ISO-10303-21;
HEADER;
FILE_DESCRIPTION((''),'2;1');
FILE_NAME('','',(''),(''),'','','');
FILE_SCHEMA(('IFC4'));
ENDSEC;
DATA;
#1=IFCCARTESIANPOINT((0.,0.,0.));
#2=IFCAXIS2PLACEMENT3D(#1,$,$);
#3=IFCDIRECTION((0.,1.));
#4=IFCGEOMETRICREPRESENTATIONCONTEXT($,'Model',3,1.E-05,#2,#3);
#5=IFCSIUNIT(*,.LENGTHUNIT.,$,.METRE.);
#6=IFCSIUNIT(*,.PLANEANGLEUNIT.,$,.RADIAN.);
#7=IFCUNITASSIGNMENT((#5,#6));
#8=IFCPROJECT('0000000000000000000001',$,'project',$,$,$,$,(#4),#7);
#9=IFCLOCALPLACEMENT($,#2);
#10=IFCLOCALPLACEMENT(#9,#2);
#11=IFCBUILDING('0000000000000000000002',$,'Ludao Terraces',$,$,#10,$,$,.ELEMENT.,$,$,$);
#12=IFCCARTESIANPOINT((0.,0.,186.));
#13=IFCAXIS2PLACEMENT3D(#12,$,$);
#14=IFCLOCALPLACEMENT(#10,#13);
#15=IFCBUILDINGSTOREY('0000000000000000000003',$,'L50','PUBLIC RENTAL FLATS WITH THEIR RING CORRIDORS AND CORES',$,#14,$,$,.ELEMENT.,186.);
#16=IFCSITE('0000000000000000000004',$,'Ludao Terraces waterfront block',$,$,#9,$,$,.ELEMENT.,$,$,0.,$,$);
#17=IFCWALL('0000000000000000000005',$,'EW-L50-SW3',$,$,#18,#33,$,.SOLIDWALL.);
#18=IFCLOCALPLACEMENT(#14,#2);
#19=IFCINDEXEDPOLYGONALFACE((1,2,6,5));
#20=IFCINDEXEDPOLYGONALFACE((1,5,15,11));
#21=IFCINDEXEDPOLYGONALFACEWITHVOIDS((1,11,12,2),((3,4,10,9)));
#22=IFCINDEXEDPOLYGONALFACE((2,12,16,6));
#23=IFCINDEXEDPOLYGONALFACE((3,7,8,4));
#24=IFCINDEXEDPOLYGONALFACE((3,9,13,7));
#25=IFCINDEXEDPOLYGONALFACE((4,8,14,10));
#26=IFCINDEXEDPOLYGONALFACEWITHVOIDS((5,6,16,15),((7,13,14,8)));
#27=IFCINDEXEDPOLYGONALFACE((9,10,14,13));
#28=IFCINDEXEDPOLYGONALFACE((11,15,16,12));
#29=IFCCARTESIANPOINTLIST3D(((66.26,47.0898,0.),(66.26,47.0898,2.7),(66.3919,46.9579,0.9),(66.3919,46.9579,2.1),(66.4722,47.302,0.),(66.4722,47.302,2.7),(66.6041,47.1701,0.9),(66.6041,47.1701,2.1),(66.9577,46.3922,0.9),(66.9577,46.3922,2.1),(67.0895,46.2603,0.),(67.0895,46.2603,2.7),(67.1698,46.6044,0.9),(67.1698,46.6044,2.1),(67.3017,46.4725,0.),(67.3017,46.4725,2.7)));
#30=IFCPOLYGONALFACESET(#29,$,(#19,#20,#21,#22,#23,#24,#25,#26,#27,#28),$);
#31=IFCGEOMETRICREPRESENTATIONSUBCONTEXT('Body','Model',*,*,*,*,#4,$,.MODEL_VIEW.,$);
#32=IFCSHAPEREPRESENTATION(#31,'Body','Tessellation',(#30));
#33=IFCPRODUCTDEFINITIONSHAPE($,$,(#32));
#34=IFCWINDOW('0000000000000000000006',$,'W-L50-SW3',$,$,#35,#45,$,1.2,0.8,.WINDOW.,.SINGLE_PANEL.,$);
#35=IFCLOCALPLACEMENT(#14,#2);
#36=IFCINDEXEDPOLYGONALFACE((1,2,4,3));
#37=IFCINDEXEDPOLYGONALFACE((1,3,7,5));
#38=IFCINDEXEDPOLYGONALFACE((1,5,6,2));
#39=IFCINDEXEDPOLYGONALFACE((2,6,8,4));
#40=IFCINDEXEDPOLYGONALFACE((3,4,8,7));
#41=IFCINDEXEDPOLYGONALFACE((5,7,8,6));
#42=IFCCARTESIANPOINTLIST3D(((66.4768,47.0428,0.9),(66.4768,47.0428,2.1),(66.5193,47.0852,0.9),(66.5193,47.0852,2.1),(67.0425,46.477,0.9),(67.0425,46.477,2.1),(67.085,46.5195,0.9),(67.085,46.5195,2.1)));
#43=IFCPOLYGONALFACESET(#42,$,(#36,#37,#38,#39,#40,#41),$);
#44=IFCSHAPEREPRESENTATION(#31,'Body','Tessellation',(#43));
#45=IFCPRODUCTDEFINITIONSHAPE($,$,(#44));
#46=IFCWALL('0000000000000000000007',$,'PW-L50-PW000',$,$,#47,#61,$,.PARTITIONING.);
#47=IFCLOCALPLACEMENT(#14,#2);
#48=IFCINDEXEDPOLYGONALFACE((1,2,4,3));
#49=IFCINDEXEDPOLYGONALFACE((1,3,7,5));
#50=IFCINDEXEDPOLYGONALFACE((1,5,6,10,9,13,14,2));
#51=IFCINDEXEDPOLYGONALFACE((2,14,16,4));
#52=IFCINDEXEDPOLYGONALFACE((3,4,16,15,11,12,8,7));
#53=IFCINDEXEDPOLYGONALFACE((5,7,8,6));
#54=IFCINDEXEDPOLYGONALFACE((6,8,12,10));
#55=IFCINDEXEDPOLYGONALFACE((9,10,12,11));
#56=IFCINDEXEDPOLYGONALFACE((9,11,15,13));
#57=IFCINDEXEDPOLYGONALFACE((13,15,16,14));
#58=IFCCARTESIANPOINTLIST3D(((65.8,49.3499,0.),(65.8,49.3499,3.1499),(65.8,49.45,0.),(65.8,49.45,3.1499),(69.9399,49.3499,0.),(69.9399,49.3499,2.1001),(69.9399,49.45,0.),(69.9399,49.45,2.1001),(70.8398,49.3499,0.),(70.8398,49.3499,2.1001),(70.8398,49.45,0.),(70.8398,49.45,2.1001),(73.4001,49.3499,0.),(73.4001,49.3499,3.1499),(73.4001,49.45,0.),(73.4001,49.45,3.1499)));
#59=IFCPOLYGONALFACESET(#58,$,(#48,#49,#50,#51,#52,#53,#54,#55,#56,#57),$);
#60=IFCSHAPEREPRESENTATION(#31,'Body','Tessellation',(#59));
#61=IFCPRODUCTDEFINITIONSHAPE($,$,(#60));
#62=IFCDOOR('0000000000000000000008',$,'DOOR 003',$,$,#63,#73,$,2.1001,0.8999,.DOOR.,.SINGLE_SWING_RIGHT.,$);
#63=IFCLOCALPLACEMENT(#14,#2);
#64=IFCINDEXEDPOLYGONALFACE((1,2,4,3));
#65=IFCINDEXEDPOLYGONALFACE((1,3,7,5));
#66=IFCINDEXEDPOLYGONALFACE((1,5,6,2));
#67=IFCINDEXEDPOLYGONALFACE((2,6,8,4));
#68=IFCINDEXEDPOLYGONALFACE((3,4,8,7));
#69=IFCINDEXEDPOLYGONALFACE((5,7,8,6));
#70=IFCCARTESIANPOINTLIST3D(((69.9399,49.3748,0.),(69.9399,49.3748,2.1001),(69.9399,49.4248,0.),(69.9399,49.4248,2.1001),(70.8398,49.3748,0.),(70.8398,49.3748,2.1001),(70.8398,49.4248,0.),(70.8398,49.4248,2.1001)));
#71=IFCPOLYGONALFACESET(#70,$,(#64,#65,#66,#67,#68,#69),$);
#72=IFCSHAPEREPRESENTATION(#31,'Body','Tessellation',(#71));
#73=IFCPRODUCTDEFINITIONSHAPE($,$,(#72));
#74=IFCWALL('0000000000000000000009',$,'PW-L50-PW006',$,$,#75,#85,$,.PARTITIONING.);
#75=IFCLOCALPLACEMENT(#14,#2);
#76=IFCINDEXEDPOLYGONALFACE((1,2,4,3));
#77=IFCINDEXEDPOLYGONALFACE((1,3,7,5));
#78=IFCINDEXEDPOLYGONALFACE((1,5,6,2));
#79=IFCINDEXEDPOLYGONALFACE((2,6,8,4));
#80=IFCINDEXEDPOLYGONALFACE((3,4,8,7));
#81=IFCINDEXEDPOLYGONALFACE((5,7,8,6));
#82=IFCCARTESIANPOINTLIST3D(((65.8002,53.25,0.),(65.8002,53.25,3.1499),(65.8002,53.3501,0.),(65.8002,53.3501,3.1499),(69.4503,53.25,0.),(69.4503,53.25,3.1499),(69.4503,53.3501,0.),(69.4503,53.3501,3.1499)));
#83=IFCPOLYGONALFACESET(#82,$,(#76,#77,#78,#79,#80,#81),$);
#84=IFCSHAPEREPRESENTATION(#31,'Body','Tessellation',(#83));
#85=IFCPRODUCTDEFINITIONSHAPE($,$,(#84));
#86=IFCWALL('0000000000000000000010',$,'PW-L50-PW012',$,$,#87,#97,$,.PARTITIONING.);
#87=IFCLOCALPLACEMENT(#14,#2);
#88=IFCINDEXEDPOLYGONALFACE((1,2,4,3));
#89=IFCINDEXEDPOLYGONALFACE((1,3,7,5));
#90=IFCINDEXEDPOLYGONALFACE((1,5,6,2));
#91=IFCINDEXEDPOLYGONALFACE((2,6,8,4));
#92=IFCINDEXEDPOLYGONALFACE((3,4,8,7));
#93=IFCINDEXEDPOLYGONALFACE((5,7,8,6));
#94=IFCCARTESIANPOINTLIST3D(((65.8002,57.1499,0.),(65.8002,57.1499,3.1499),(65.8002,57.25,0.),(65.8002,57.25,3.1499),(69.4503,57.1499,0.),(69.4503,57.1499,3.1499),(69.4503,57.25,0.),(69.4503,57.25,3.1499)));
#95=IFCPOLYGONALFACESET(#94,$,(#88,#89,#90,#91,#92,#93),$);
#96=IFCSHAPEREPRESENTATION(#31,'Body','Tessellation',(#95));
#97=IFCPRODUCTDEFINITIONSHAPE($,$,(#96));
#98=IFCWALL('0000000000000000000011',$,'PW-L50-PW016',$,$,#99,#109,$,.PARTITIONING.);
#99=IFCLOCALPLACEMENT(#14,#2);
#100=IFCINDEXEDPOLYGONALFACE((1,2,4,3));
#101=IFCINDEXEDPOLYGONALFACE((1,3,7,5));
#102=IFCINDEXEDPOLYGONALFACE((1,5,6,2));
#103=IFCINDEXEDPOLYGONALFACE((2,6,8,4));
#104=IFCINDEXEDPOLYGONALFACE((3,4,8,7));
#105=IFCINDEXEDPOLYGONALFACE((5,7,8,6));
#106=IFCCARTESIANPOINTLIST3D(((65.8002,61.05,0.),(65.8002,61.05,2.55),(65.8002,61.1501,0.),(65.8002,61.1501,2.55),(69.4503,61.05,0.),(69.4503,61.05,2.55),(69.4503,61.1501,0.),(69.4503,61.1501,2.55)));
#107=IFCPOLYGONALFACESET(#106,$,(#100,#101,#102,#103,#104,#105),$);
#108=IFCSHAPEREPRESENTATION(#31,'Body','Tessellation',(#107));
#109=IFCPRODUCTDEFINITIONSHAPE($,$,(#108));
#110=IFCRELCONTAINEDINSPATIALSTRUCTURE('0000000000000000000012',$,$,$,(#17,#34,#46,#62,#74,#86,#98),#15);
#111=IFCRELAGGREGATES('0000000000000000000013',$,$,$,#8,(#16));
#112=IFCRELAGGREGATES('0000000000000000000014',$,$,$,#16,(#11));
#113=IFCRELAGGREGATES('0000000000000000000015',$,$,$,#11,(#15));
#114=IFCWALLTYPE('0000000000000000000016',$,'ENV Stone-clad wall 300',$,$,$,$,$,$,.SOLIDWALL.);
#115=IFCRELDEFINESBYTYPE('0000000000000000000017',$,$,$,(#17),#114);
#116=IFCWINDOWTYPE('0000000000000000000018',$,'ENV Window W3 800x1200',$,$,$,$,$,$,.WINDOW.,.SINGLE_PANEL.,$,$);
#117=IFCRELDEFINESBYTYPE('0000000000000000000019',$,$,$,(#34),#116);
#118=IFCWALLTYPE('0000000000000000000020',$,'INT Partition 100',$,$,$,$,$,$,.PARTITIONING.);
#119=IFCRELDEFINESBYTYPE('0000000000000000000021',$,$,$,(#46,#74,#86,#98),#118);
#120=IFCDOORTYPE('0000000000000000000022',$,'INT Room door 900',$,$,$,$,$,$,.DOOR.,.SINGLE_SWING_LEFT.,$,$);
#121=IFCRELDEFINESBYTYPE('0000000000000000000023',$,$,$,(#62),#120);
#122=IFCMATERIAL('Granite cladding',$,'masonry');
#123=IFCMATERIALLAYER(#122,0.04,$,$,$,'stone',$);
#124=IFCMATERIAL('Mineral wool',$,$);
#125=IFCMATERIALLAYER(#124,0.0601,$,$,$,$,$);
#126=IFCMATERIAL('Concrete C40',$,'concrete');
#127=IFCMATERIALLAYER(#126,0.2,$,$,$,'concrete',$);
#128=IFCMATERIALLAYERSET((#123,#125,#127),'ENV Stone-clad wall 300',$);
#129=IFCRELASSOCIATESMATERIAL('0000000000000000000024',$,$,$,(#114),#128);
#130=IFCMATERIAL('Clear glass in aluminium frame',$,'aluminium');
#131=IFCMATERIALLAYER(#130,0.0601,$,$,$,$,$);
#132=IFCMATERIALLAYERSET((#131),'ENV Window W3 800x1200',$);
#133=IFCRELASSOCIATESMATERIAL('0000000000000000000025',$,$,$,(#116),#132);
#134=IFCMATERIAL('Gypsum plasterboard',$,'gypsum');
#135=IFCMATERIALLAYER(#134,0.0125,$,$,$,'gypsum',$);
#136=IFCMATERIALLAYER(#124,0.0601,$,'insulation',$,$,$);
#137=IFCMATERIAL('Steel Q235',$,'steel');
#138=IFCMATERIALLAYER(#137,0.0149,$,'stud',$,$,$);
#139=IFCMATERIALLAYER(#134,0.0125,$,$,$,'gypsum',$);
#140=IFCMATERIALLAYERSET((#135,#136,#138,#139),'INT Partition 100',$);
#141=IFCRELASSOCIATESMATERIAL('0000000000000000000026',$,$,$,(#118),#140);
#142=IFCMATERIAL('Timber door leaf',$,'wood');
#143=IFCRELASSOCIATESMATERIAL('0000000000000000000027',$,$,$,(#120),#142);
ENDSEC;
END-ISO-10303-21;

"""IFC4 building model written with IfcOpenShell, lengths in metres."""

from ifc_helpers import new_model, si_unit, direction, frame, frame_2d, origin, place, context, subcontext, project, spatial, rectangle, extrude, material, layer, layer_set, type_object, element, fill, save


model = new_model("IFC4")

# Units and contexts
model_context = context("Model", 3, precision=1e-05, world=origin(), true_north=direction((0.0, 1.0)))
body_context = subcontext(model_context, "Body", "Model", "MODEL_VIEW")
ifc_project = project(units=[si_unit("LENGTHUNIT", "METRE"), si_unit("PLANEANGLEUNIT", "RADIAN")], contexts=[model_context])

# Site, building, storey
site_placement = place(None, origin())
site = spatial("IfcSite", under=ifc_project, at=site_placement, Name="Ludao Terraces waterfront block", CompositionType="ELEMENT", RefElevation=0.0)
building_placement = place(site_placement, origin())
building = spatial("IfcBuilding", under=site, at=building_placement, Name="Ludao Terraces", CompositionType="ELEMENT")
storey_placement = place(building_placement, frame((0.0, 0.0, 186.0)))
storey = spatial("IfcBuildingStorey", under=building, at=storey_placement, Name="L50", Description="PUBLIC RENTAL FLATS WITH THEIR RING CORRIDORS AND CORES", CompositionType="ELEMENT", Elevation=186.0)

# Shared definitions
ifc_material_1 = material(Name="Concrete C40", Category="concrete")

# Shared definitions
ifc_material_2 = material(Name="Granite cladding", Category="masonry")
ifc_layer_1 = layer(ifc_material_2, 0.04, Category="stone")
ifc_material_3 = material(Name="Mineral wool")
ifc_layer_2 = layer(ifc_material_3, 0.0601)
ifc_layer_3 = layer(ifc_material_1, 0.2, Category="concrete")
ifc_layer_set_1 = layer_set([ifc_layer_1, ifc_layer_2, ifc_layer_3], Name="ENV Stone-clad wall 300")
wall_type_1 = type_object("IfcWallType", Name="ENV Stone-clad wall 300", PredefinedType="SOLIDWALL", material=ifc_layer_set_1)
ifc_material_4 = material(Name="Clear glass in aluminium frame", Category="aluminium")

# Wall, opening, window
ifc_layer_4 = layer(ifc_material_4, 0.0601)
ifc_layer_set_2 = layer_set([ifc_layer_4], Name="ENV Window W3 800x1200")
window_type_1 = type_object("IfcWindowType", Name="ENV Window W3 800x1200", PartitioningType="SINGLE_PANEL", PredefinedType="WINDOW", material=ifc_layer_set_2)
wall_1_placement = place(storey_placement, frame((66.3662, 47.1958, 0.0), z_axis=(0.0, 0.0, 1.0), x_axis=(0.707107, -0.707107, 0.0)))
wall_1 = element("IfcWall", 1, at=wall_1_placement, inside=storey, type_object=wall_type_1, Name="EW-L50-SW3", PredefinedType="SOLIDWALL", context=body_context, shape_type="SweptSolid", body=[
    extrude(rectangle(XDim=1.1731, YDim=0.3, at=frame_2d((0.5864, 0.0))), origin(), (0.0, 0.0, 1.0), 2.7),
])
opening_1_placement = place(wall_1_placement, frame((0.1865, 0.0, 0.8999)))
opening_1 = element("IfcOpeningElement", 2, at=opening_1_placement, cuts=wall_1, PredefinedType="OPENING", context=body_context, shape_type="SweptSolid", body=[
    extrude(rectangle(XDim=0.8, YDim=1.2, at=frame_2d((0.3999, 0.6001))), frame((0.0, 0.1602, 0.0), z_axis=(0.0, -1.0, 0.0), x_axis=(1.0, 0.0, 0.0)), (0.0, 0.0, 1.0), 0.3201),
])
window_1_placement = place(opening_1_placement, origin())
window_1 = element("IfcWindow", 3, at=window_1_placement, inside=storey, type_object=window_type_1, Name="W-L50-SW3", OverallHeight=1.2, OverallWidth=0.8, PartitioningType="SINGLE_PANEL", PredefinedType="WINDOW", context=body_context, shape_type="SweptSolid", body=[
    extrude(rectangle(XDim=0.8, YDim=1.2, at=frame_2d((0.3999, 0.6001))), frame((0.0, 0.03, 0.0), z_axis=(0.0, -1.0, 0.0), x_axis=(1.0, 0.0, 0.0)), (0.0, 0.0, 1.0), 0.0601),
])
fill(opening_1, window_1)

# Wall, opening, door
ifc_material_5 = material(Name="Gypsum plasterboard", Category="gypsum")
ifc_layer_5 = layer(ifc_material_5, 0.0125, Category="gypsum")
ifc_layer_6 = layer(ifc_material_3, 0.0601, Name="insulation")
ifc_material_6 = material(Name="Steel Q235", Category="steel")
ifc_layer_7 = layer(ifc_material_6, 0.0149, Name="stud")
ifc_layer_8 = layer(ifc_material_5, 0.0125, Category="gypsum")
ifc_layer_set_3 = layer_set([ifc_layer_5, ifc_layer_6, ifc_layer_7, ifc_layer_8], Name="INT Partition 100")
wall_type_2 = type_object("IfcWallType", Name="INT Partition 100", PredefinedType="PARTITIONING", material=ifc_layer_set_3)
wall_2_placement = place(storey_placement, frame((65.8, 49.3999, 0.0), z_axis=(0.0, 0.0, 1.0), x_axis=(1.0, 0.0, 0.0)))
wall_2 = element("IfcWall", 4, at=wall_2_placement, inside=storey, type_object=wall_type_2, Name="PW-L50-PW000", PredefinedType="PARTITIONING", context=body_context, shape_type="SweptSolid", body=[
    extrude(rectangle(XDim=7.6001, YDim=0.1001, at=frame_2d((3.8, 0.0))), origin(), (0.0, 0.0, 1.0), 3.1499),
])
opening_2_placement = place(wall_2_placement, frame((4.1399, 0.0, 0.0)))
opening_2 = element("IfcOpeningElement", 5, at=opening_2_placement, cuts=wall_2, PredefinedType="OPENING", context=body_context, shape_type="SweptSolid", body=[
    extrude(rectangle(XDim=0.8999, YDim=2.1001, at=frame_2d((0.45, 1.05))), frame((0.0, 0.0601, 0.0), z_axis=(0.0, -1.0, 0.0), x_axis=(1.0, 0.0, 0.0)), (0.0, 0.0, 1.0), 0.1201),
])
ifc_material_7 = material(Name="Timber door leaf", Category="wood")
door_type_1 = type_object("IfcDoorType", Name="INT Room door 900", OperationType="SINGLE_SWING_LEFT", PredefinedType="DOOR", material=ifc_material_7)
door_1_placement = place(opening_2_placement, origin())
door_1 = element("IfcDoor", 6, at=door_1_placement, inside=storey, type_object=door_type_1, Name="DOOR 003", OperationType="SINGLE_SWING_RIGHT", OverallHeight=2.1001, OverallWidth=0.8999, PredefinedType="DOOR", context=body_context, shape_type="SweptSolid", body=[
    extrude(rectangle(XDim=0.8999, YDim=2.1001, at=frame_2d((0.45, 1.05))), frame((0.0, 0.0249, 0.0), z_axis=(0.0, -1.0, 0.0), x_axis=(1.0, 0.0, 0.0)), (0.0, 0.0, 1.0), 0.05),
])
fill(opening_2, door_1)

# Walls
for number, where, z_axis, x_axis, name in (
    (7, (65.8, 53.3, 0.0), (0.0, 0.0, 1.0), (1.0, 0.0, 0.0), "PW-L50-PW006"),
    (8, (65.8, 57.2, 0.0), (0.0, 0.0, 1.0), (1.0, 0.0, 0.0), "PW-L50-PW012"),
):
    element("IfcWall", number, at=place(storey_placement, frame(where, z_axis=z_axis, x_axis=x_axis)), inside=storey, type_object=wall_type_2, Name=name, PredefinedType="PARTITIONING", context=body_context, shape_type="SweptSolid", body=[
        extrude(rectangle(XDim=3.6501, YDim=0.1001, at=frame_2d((1.8252, 0.0))), origin(), (0.0, 0.0, 1.0), 3.1499),
    ])
wall_3_placement = place(storey_placement, frame((65.8, 61.1001, 0.0), z_axis=(0.0, 0.0, 1.0), x_axis=(1.0, 0.0, 0.0)))
element("IfcWall", 9, at=wall_3_placement, inside=storey, type_object=wall_type_2, Name="PW-L50-PW016", PredefinedType="PARTITIONING", context=body_context, shape_type="SweptSolid", body=[
    extrude(rectangle(XDim=3.6501, YDim=0.1001, at=frame_2d((1.8252, 0.0))), origin(), (0.0, 0.0, 1.0), 2.55),
])

save(model, "model.ifc")
